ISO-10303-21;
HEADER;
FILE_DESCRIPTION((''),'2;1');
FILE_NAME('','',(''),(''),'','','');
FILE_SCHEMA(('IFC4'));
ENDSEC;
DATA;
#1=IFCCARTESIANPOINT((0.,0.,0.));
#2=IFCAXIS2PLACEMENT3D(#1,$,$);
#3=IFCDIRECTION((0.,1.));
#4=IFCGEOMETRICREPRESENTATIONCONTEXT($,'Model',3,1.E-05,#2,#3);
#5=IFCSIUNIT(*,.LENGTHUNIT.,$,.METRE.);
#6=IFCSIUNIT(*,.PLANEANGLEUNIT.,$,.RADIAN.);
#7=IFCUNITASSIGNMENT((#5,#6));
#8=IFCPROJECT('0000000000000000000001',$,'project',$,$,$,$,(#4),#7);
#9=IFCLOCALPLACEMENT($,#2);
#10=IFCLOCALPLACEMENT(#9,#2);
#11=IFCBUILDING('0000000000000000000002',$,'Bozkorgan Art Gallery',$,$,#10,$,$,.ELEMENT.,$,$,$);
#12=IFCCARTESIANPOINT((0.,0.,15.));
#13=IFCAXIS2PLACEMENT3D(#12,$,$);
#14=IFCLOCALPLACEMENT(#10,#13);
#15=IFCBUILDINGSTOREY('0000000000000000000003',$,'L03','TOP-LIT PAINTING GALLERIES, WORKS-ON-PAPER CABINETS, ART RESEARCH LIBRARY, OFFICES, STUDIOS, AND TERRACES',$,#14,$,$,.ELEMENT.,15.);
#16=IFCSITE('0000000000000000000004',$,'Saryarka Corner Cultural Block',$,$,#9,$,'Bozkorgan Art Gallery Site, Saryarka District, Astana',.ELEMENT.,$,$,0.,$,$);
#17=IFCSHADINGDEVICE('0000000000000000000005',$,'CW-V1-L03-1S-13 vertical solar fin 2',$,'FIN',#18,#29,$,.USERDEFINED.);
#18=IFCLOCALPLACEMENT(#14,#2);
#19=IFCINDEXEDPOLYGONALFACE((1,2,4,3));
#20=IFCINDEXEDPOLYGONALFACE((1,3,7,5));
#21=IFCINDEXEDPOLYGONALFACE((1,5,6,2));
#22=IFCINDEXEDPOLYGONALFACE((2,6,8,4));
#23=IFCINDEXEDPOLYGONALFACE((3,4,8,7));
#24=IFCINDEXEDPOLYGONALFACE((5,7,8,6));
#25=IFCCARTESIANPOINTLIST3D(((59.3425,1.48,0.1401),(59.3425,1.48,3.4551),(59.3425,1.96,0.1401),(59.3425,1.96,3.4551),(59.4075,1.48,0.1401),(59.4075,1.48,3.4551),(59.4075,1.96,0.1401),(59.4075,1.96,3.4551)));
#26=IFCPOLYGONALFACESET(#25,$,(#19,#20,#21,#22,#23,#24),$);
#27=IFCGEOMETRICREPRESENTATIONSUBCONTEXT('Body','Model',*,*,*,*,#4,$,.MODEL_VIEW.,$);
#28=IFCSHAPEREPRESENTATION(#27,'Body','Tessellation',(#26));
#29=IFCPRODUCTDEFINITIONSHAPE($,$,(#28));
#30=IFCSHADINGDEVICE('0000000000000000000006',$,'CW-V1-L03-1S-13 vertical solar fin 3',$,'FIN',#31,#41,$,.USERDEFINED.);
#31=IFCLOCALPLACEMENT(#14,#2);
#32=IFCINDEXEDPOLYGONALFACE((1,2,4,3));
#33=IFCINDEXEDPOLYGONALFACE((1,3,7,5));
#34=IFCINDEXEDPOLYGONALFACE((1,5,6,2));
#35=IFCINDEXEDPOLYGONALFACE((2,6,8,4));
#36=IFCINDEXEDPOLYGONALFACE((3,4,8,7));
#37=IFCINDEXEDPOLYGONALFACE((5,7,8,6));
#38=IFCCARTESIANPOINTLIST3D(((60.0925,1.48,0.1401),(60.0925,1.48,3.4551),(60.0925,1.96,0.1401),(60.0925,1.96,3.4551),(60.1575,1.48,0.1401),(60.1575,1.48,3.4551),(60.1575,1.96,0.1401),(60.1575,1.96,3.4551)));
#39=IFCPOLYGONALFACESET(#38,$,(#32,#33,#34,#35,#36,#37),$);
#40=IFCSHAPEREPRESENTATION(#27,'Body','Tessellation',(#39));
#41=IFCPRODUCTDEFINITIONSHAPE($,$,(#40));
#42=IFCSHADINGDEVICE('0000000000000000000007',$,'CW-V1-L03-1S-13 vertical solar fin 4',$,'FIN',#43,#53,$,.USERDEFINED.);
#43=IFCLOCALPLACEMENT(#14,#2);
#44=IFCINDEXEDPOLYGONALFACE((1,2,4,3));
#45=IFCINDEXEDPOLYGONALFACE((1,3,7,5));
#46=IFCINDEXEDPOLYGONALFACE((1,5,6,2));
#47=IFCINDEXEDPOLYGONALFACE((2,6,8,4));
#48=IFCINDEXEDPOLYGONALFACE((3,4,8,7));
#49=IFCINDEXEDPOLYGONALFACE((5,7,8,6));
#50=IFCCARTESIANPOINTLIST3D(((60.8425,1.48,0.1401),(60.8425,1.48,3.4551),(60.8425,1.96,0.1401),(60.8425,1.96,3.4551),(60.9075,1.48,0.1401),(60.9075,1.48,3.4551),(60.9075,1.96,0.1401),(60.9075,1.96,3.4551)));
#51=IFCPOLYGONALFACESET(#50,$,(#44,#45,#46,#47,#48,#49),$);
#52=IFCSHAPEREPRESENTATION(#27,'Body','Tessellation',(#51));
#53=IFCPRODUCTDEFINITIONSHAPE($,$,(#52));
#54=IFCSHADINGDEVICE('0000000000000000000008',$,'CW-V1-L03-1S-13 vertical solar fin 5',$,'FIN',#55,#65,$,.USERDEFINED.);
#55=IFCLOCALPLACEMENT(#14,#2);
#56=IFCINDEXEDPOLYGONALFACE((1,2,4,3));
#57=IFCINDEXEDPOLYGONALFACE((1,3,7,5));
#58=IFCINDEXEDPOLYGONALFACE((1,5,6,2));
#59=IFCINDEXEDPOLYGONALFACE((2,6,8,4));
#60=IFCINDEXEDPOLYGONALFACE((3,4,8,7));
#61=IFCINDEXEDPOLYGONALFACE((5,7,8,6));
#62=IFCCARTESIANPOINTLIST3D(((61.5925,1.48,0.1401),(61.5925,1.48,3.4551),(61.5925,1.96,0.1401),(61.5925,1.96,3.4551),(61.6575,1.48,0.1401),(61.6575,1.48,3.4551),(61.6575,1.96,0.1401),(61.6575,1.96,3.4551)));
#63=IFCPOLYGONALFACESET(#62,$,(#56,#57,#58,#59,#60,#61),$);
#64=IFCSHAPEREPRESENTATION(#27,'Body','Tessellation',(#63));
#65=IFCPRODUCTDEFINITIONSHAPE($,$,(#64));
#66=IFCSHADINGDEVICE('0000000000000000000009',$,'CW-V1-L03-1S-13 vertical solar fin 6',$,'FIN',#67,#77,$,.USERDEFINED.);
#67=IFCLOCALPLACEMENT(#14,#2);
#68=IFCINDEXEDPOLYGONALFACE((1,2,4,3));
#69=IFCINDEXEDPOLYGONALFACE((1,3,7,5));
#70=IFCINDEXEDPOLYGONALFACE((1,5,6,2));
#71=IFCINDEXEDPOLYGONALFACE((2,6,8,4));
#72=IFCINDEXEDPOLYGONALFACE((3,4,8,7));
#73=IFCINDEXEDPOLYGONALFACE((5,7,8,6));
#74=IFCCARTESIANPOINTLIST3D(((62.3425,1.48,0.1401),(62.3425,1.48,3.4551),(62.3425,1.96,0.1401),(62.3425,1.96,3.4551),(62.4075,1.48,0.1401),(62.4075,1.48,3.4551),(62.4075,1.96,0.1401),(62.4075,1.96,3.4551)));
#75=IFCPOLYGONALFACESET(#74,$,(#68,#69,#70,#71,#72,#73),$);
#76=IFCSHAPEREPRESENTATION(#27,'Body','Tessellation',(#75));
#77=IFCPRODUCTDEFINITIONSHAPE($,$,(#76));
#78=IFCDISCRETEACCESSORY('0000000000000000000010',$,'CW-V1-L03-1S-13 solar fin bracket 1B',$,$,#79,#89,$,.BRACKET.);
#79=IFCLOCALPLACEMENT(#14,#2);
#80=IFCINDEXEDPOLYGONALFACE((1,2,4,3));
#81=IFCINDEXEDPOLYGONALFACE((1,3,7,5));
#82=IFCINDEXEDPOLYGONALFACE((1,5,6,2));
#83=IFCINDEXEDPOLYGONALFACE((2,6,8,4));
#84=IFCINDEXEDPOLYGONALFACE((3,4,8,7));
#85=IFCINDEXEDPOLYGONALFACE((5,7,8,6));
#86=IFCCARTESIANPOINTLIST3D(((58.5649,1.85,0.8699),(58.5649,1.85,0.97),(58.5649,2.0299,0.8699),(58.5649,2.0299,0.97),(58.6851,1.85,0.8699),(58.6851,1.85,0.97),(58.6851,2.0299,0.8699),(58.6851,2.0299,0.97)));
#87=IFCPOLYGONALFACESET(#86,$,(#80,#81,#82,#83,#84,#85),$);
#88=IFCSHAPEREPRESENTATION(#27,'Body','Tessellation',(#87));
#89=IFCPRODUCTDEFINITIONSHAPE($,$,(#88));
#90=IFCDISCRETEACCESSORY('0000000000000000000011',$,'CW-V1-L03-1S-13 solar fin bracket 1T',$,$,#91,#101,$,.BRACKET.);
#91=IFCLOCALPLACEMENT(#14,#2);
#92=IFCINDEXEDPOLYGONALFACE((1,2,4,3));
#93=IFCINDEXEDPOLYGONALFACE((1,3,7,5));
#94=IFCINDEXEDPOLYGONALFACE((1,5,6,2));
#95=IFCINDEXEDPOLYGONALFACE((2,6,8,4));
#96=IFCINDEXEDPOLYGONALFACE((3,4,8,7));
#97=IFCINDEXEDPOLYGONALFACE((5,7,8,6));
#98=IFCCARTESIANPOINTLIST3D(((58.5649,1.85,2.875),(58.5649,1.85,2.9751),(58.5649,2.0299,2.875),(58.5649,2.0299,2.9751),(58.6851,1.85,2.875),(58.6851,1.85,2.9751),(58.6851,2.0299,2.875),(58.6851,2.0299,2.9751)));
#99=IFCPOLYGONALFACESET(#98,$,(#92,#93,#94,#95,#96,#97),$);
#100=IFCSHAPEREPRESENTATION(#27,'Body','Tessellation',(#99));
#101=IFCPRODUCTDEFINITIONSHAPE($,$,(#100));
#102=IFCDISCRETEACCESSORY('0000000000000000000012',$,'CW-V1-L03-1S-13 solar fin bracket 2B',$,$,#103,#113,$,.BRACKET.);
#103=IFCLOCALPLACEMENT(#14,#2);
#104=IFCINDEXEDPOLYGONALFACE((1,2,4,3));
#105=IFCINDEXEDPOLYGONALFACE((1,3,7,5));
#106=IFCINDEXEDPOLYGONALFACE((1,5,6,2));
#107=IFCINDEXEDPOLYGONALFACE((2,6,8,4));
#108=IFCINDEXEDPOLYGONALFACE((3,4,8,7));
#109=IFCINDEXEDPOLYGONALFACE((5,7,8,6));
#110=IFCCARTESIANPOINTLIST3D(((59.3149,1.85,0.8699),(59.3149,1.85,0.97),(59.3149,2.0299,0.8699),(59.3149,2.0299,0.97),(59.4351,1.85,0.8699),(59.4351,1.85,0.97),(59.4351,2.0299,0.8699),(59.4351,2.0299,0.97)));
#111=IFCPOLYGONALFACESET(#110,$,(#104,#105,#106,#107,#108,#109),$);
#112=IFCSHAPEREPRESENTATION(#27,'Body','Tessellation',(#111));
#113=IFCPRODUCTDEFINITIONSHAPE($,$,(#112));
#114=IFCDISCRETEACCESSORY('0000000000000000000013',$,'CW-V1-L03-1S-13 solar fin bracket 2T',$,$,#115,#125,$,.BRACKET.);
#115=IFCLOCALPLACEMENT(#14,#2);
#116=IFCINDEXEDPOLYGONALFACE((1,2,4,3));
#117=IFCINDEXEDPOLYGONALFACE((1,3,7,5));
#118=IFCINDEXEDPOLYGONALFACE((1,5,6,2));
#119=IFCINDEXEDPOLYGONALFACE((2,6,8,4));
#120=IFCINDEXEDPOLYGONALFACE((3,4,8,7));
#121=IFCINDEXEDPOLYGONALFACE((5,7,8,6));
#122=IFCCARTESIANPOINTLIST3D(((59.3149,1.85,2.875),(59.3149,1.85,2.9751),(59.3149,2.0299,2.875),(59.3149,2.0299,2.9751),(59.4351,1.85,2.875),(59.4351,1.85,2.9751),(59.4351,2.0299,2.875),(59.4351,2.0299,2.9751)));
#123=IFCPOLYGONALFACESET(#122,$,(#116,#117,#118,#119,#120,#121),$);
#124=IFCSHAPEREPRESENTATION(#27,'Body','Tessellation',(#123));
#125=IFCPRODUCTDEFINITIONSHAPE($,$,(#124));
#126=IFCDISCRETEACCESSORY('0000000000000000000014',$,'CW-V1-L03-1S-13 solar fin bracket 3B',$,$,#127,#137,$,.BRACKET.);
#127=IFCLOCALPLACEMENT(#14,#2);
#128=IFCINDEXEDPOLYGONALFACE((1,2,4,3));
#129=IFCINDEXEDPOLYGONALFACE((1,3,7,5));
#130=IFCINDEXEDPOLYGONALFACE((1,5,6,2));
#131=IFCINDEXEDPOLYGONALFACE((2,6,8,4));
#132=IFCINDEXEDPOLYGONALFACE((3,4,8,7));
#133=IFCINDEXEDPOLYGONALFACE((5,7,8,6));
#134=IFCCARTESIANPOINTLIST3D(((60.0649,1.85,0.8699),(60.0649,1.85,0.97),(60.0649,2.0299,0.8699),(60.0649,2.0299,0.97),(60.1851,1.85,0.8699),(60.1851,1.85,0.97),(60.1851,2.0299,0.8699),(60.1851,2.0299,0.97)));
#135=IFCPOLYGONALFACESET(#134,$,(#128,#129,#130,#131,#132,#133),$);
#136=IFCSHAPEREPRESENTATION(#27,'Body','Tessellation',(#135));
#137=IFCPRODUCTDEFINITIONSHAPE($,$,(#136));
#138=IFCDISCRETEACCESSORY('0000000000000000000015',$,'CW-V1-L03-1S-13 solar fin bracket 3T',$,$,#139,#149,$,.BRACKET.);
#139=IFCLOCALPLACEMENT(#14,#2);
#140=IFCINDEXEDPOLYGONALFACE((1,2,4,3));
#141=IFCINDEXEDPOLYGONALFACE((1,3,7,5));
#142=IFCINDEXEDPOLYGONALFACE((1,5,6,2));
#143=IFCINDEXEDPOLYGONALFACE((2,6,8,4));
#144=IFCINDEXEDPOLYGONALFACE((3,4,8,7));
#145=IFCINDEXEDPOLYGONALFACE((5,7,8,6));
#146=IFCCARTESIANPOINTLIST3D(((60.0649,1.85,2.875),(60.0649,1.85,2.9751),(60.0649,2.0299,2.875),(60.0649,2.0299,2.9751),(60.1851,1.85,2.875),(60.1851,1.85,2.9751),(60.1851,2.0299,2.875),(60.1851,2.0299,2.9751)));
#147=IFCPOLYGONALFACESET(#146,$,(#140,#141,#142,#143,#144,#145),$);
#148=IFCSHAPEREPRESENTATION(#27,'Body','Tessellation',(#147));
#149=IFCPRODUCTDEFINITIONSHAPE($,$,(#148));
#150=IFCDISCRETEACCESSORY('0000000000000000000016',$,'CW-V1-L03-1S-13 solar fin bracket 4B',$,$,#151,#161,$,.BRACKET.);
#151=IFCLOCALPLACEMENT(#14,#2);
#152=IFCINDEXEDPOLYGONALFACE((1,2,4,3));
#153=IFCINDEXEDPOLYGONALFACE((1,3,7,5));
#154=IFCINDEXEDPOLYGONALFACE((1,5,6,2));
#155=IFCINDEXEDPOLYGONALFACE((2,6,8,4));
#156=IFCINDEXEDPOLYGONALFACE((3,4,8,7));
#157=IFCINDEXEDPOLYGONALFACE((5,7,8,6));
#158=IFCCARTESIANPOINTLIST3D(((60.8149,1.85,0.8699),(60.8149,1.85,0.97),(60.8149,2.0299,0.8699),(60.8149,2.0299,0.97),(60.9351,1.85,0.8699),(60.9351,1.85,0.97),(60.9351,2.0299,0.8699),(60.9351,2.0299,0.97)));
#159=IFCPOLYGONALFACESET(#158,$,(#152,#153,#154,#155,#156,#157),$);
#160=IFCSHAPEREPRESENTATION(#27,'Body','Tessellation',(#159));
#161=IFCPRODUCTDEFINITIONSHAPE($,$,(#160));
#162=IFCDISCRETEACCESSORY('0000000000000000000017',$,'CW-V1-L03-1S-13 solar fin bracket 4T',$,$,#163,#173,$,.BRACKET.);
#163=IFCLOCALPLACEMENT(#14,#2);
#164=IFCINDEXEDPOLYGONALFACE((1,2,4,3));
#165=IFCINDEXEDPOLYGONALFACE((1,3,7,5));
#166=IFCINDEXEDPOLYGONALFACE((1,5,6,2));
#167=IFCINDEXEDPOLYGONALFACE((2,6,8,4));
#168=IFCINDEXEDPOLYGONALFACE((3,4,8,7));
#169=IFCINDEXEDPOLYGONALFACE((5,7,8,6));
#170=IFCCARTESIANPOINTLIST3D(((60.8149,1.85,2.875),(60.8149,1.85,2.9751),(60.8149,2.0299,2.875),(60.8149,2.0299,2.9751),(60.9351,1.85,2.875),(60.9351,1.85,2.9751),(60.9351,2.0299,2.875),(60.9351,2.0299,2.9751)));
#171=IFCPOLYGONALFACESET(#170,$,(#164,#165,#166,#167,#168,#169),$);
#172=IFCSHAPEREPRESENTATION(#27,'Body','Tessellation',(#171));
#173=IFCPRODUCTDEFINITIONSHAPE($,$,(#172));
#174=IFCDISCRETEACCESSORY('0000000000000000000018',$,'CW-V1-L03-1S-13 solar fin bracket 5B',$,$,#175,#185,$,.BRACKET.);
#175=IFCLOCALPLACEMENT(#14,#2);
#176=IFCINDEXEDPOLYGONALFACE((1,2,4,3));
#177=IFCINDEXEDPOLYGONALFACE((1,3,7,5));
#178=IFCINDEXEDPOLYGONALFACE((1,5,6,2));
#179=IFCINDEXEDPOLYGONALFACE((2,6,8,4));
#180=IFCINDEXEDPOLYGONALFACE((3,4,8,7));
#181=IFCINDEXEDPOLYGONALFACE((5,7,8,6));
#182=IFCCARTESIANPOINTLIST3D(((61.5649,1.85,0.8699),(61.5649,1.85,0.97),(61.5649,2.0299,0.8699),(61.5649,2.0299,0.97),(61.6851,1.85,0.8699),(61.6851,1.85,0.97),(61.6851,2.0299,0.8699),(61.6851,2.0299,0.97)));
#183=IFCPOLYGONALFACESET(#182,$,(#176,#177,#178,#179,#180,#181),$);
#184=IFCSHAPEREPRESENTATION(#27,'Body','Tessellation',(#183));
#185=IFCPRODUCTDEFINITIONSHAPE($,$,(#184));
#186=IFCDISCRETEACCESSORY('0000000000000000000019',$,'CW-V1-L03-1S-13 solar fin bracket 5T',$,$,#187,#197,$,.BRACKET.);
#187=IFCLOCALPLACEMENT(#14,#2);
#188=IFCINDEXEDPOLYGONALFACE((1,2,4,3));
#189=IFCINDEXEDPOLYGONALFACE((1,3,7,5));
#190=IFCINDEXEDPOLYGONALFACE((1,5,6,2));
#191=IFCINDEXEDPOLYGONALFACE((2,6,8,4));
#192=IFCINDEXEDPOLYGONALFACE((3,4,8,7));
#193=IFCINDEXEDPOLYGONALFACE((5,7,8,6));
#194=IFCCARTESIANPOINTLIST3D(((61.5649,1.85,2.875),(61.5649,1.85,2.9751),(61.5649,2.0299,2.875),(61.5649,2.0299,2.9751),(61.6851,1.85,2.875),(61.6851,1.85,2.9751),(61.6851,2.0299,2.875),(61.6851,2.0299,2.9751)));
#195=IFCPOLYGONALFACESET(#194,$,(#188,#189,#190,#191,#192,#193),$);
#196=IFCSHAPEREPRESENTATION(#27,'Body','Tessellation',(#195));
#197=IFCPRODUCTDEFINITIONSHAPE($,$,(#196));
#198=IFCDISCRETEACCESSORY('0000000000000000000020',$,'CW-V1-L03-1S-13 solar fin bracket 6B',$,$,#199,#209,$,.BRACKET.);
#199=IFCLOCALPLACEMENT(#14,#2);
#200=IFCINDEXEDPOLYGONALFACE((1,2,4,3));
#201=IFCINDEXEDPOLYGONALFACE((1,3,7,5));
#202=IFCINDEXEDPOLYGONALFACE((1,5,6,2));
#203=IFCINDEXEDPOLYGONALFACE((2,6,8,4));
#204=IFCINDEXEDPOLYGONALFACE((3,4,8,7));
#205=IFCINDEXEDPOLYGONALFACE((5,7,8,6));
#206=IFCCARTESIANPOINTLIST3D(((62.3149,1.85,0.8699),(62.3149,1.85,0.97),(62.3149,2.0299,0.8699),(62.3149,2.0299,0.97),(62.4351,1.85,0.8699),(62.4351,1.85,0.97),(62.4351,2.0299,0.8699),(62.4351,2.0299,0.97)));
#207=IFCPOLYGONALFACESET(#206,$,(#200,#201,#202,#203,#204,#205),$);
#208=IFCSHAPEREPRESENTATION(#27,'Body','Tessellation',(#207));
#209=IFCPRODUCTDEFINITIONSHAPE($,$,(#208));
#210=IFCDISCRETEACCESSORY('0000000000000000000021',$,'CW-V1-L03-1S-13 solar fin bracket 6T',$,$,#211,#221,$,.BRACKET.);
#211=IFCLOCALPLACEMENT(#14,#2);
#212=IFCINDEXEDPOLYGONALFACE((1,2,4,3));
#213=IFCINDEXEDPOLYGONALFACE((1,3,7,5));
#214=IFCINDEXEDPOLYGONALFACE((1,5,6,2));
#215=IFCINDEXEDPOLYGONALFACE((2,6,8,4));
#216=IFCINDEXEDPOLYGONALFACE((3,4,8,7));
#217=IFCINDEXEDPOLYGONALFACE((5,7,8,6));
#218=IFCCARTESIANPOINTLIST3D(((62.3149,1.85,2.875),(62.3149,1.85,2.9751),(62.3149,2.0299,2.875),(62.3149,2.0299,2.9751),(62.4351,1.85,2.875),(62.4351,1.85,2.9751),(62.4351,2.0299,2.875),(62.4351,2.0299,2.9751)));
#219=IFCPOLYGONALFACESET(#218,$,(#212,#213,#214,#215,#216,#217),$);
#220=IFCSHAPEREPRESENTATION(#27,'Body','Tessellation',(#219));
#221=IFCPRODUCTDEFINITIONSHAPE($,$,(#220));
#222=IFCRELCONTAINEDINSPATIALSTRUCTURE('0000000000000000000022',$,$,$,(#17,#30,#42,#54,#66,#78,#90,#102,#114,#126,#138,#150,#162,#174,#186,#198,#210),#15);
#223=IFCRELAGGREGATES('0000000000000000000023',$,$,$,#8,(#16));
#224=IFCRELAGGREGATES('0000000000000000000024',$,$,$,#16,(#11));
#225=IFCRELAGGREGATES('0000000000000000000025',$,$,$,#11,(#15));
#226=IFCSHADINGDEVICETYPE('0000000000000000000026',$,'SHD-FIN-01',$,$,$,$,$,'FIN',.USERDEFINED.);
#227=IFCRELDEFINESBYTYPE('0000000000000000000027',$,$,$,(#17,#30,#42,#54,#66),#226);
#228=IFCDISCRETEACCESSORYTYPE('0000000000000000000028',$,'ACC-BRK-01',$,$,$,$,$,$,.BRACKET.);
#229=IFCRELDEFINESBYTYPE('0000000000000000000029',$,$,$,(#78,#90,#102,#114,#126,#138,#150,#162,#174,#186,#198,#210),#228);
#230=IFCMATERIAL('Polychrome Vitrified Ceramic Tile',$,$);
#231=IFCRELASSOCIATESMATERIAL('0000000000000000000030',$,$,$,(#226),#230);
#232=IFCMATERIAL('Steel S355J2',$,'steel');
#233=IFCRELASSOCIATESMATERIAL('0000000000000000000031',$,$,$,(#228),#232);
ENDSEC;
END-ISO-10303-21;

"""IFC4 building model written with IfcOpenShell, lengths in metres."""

from ifc_helpers import new_model, si_unit, direction, frame, origin, origin_2d, place, context, subcontext, project, spatial, rectangle, extrude, material, type_object, element, save


model = new_model("IFC4")

# Units and contexts
model_context = context("Model", 3, precision=1e-05, world=origin(), true_north=direction((0.0, 1.0)))
body_context = subcontext(model_context, "Body", "Model", "MODEL_VIEW")
ifc_project = project(units=[si_unit("LENGTHUNIT", "METRE"), si_unit("PLANEANGLEUNIT", "RADIAN")], contexts=[model_context])

# Site, building, storey
site_placement = place(None, origin())
site = spatial("IfcSite", under=ifc_project, at=site_placement, Name="Saryarka Corner Cultural Block", LongName="Bozkorgan Art Gallery Site, Saryarka District, Astana", CompositionType="ELEMENT", RefElevation=0.0)
building_placement = place(site_placement, origin())
building = spatial("IfcBuilding", under=site, at=building_placement, Name="Bozkorgan Art Gallery", CompositionType="ELEMENT")
storey_placement = place(building_placement, frame((0.0, 0.0, 15.0)))
storey = spatial("IfcBuildingStorey", under=building, at=storey_placement, Name="L03", Description="TOP-LIT PAINTING GALLERIES, WORKS-ON-PAPER CABINETS, ART RESEARCH LIBRARY, OFFICES, STUDIOS, AND TERRACES", CompositionType="ELEMENT", Elevation=15.0)

# Shared definitions
ifc_material_1 = material(Name="Steel S355J2", Category="steel")

# Shading devices
ifc_material_2 = material(Name="Polychrome Vitrified Ceramic Tile")
shading_device_type = type_object("IfcShadingDeviceType", Name="SHD-FIN-01", ElementType="FIN", PredefinedType="USERDEFINED", material=ifc_material_2)
for number, where, z_axis, x_axis, name in (
    (1, (59.375, 1.72, 0.1401), (0.0, 0.0, 1.0), (0.0, -1.0, 0.0), "CW-V1-L03-1S-13 vertical solar fin 2"),
    (2, (60.125, 1.72, 0.1401), (0.0, 0.0, 1.0), (0.0, -1.0, 0.0), "CW-V1-L03-1S-13 vertical solar fin 3"),
    (3, (60.875, 1.72, 0.1401), (0.0, 0.0, 1.0), (0.0, -1.0, 0.0), "CW-V1-L03-1S-13 vertical solar fin 4"),
    (4, (61.625, 1.72, 0.1401), (0.0, 0.0, 1.0), (0.0, -1.0, 0.0), "CW-V1-L03-1S-13 vertical solar fin 5"),
    (5, (62.375, 1.72, 0.1401), (0.0, 0.0, 1.0), (0.0, -1.0, 0.0), "CW-V1-L03-1S-13 vertical solar fin 6"),
):
    element("IfcShadingDevice", number, at=place(storey_placement, frame(where, z_axis=z_axis, x_axis=x_axis)), inside=storey, type_object=shading_device_type, Name=name, ObjectType="FIN", PredefinedType="USERDEFINED", context=body_context, shape_type="SweptSolid", body=[
        extrude(rectangle(XDim=0.48, YDim=0.0649, at=origin_2d()), origin(), (0.0, 0.0, 1.0), 3.3149),
    ])

# Discrete accessories
discrete_accessory_type = type_object("IfcDiscreteAccessoryType", Name="ACC-BRK-01", PredefinedType="BRACKET", material=ifc_material_1)
for number, where, z_axis, x_axis, name in (
    (6, (58.625, 1.9399, 0.8699), (0.0, 0.0, 1.0), (0.0, -1.0, 0.0), "CW-V1-L03-1S-13 solar fin bracket 1B"),
    (7, (58.625, 1.9399, 2.875), (0.0, 0.0, 1.0), (0.0, -1.0, 0.0), "CW-V1-L03-1S-13 solar fin bracket 1T"),
    (8, (59.375, 1.9399, 0.8699), (0.0, 0.0, 1.0), (0.0, -1.0, 0.0), "CW-V1-L03-1S-13 solar fin bracket 2B"),
    (9, (59.375, 1.9399, 2.875), (0.0, 0.0, 1.0), (0.0, -1.0, 0.0), "CW-V1-L03-1S-13 solar fin bracket 2T"),
    (10, (60.125, 1.9399, 0.8699), (0.0, 0.0, 1.0), (0.0, -1.0, 0.0), "CW-V1-L03-1S-13 solar fin bracket 3B"),
    (11, (60.125, 1.9399, 2.875), (0.0, 0.0, 1.0), (0.0, -1.0, 0.0), "CW-V1-L03-1S-13 solar fin bracket 3T"),
    (12, (60.875, 1.9399, 0.8699), (0.0, 0.0, 1.0), (0.0, -1.0, 0.0), "CW-V1-L03-1S-13 solar fin bracket 4B"),
    (13, (60.875, 1.9399, 2.875), (0.0, 0.0, 1.0), (0.0, -1.0, 0.0), "CW-V1-L03-1S-13 solar fin bracket 4T"),
    (14, (61.625, 1.9399, 0.8699), (0.0, 0.0, 1.0), (0.0, -1.0, 0.0), "CW-V1-L03-1S-13 solar fin bracket 5B"),
    (15, (61.625, 1.9399, 2.875), (0.0, 0.0, 1.0), (0.0, -1.0, 0.0), "CW-V1-L03-1S-13 solar fin bracket 5T"),
    (16, (62.375, 1.9399, 0.8699), (0.0, 0.0, 1.0), (0.0, -1.0, 0.0), "CW-V1-L03-1S-13 solar fin bracket 6B"),
    (17, (62.375, 1.9399, 2.875), (0.0, 0.0, 1.0), (0.0, -1.0, 0.0), "CW-V1-L03-1S-13 solar fin bracket 6T"),
):
    element("IfcDiscreteAccessory", number, at=place(storey_placement, frame(where, z_axis=z_axis, x_axis=x_axis)), inside=storey, type_object=discrete_accessory_type, Name=name, PredefinedType="BRACKET", context=body_context, shape_type="SweptSolid", body=[
        extrude(rectangle(XDim=0.1799, YDim=0.1201, at=origin_2d()), origin(), (0.0, 0.0, 1.0), 0.1001),
    ])

save(model, "model.ifc")
